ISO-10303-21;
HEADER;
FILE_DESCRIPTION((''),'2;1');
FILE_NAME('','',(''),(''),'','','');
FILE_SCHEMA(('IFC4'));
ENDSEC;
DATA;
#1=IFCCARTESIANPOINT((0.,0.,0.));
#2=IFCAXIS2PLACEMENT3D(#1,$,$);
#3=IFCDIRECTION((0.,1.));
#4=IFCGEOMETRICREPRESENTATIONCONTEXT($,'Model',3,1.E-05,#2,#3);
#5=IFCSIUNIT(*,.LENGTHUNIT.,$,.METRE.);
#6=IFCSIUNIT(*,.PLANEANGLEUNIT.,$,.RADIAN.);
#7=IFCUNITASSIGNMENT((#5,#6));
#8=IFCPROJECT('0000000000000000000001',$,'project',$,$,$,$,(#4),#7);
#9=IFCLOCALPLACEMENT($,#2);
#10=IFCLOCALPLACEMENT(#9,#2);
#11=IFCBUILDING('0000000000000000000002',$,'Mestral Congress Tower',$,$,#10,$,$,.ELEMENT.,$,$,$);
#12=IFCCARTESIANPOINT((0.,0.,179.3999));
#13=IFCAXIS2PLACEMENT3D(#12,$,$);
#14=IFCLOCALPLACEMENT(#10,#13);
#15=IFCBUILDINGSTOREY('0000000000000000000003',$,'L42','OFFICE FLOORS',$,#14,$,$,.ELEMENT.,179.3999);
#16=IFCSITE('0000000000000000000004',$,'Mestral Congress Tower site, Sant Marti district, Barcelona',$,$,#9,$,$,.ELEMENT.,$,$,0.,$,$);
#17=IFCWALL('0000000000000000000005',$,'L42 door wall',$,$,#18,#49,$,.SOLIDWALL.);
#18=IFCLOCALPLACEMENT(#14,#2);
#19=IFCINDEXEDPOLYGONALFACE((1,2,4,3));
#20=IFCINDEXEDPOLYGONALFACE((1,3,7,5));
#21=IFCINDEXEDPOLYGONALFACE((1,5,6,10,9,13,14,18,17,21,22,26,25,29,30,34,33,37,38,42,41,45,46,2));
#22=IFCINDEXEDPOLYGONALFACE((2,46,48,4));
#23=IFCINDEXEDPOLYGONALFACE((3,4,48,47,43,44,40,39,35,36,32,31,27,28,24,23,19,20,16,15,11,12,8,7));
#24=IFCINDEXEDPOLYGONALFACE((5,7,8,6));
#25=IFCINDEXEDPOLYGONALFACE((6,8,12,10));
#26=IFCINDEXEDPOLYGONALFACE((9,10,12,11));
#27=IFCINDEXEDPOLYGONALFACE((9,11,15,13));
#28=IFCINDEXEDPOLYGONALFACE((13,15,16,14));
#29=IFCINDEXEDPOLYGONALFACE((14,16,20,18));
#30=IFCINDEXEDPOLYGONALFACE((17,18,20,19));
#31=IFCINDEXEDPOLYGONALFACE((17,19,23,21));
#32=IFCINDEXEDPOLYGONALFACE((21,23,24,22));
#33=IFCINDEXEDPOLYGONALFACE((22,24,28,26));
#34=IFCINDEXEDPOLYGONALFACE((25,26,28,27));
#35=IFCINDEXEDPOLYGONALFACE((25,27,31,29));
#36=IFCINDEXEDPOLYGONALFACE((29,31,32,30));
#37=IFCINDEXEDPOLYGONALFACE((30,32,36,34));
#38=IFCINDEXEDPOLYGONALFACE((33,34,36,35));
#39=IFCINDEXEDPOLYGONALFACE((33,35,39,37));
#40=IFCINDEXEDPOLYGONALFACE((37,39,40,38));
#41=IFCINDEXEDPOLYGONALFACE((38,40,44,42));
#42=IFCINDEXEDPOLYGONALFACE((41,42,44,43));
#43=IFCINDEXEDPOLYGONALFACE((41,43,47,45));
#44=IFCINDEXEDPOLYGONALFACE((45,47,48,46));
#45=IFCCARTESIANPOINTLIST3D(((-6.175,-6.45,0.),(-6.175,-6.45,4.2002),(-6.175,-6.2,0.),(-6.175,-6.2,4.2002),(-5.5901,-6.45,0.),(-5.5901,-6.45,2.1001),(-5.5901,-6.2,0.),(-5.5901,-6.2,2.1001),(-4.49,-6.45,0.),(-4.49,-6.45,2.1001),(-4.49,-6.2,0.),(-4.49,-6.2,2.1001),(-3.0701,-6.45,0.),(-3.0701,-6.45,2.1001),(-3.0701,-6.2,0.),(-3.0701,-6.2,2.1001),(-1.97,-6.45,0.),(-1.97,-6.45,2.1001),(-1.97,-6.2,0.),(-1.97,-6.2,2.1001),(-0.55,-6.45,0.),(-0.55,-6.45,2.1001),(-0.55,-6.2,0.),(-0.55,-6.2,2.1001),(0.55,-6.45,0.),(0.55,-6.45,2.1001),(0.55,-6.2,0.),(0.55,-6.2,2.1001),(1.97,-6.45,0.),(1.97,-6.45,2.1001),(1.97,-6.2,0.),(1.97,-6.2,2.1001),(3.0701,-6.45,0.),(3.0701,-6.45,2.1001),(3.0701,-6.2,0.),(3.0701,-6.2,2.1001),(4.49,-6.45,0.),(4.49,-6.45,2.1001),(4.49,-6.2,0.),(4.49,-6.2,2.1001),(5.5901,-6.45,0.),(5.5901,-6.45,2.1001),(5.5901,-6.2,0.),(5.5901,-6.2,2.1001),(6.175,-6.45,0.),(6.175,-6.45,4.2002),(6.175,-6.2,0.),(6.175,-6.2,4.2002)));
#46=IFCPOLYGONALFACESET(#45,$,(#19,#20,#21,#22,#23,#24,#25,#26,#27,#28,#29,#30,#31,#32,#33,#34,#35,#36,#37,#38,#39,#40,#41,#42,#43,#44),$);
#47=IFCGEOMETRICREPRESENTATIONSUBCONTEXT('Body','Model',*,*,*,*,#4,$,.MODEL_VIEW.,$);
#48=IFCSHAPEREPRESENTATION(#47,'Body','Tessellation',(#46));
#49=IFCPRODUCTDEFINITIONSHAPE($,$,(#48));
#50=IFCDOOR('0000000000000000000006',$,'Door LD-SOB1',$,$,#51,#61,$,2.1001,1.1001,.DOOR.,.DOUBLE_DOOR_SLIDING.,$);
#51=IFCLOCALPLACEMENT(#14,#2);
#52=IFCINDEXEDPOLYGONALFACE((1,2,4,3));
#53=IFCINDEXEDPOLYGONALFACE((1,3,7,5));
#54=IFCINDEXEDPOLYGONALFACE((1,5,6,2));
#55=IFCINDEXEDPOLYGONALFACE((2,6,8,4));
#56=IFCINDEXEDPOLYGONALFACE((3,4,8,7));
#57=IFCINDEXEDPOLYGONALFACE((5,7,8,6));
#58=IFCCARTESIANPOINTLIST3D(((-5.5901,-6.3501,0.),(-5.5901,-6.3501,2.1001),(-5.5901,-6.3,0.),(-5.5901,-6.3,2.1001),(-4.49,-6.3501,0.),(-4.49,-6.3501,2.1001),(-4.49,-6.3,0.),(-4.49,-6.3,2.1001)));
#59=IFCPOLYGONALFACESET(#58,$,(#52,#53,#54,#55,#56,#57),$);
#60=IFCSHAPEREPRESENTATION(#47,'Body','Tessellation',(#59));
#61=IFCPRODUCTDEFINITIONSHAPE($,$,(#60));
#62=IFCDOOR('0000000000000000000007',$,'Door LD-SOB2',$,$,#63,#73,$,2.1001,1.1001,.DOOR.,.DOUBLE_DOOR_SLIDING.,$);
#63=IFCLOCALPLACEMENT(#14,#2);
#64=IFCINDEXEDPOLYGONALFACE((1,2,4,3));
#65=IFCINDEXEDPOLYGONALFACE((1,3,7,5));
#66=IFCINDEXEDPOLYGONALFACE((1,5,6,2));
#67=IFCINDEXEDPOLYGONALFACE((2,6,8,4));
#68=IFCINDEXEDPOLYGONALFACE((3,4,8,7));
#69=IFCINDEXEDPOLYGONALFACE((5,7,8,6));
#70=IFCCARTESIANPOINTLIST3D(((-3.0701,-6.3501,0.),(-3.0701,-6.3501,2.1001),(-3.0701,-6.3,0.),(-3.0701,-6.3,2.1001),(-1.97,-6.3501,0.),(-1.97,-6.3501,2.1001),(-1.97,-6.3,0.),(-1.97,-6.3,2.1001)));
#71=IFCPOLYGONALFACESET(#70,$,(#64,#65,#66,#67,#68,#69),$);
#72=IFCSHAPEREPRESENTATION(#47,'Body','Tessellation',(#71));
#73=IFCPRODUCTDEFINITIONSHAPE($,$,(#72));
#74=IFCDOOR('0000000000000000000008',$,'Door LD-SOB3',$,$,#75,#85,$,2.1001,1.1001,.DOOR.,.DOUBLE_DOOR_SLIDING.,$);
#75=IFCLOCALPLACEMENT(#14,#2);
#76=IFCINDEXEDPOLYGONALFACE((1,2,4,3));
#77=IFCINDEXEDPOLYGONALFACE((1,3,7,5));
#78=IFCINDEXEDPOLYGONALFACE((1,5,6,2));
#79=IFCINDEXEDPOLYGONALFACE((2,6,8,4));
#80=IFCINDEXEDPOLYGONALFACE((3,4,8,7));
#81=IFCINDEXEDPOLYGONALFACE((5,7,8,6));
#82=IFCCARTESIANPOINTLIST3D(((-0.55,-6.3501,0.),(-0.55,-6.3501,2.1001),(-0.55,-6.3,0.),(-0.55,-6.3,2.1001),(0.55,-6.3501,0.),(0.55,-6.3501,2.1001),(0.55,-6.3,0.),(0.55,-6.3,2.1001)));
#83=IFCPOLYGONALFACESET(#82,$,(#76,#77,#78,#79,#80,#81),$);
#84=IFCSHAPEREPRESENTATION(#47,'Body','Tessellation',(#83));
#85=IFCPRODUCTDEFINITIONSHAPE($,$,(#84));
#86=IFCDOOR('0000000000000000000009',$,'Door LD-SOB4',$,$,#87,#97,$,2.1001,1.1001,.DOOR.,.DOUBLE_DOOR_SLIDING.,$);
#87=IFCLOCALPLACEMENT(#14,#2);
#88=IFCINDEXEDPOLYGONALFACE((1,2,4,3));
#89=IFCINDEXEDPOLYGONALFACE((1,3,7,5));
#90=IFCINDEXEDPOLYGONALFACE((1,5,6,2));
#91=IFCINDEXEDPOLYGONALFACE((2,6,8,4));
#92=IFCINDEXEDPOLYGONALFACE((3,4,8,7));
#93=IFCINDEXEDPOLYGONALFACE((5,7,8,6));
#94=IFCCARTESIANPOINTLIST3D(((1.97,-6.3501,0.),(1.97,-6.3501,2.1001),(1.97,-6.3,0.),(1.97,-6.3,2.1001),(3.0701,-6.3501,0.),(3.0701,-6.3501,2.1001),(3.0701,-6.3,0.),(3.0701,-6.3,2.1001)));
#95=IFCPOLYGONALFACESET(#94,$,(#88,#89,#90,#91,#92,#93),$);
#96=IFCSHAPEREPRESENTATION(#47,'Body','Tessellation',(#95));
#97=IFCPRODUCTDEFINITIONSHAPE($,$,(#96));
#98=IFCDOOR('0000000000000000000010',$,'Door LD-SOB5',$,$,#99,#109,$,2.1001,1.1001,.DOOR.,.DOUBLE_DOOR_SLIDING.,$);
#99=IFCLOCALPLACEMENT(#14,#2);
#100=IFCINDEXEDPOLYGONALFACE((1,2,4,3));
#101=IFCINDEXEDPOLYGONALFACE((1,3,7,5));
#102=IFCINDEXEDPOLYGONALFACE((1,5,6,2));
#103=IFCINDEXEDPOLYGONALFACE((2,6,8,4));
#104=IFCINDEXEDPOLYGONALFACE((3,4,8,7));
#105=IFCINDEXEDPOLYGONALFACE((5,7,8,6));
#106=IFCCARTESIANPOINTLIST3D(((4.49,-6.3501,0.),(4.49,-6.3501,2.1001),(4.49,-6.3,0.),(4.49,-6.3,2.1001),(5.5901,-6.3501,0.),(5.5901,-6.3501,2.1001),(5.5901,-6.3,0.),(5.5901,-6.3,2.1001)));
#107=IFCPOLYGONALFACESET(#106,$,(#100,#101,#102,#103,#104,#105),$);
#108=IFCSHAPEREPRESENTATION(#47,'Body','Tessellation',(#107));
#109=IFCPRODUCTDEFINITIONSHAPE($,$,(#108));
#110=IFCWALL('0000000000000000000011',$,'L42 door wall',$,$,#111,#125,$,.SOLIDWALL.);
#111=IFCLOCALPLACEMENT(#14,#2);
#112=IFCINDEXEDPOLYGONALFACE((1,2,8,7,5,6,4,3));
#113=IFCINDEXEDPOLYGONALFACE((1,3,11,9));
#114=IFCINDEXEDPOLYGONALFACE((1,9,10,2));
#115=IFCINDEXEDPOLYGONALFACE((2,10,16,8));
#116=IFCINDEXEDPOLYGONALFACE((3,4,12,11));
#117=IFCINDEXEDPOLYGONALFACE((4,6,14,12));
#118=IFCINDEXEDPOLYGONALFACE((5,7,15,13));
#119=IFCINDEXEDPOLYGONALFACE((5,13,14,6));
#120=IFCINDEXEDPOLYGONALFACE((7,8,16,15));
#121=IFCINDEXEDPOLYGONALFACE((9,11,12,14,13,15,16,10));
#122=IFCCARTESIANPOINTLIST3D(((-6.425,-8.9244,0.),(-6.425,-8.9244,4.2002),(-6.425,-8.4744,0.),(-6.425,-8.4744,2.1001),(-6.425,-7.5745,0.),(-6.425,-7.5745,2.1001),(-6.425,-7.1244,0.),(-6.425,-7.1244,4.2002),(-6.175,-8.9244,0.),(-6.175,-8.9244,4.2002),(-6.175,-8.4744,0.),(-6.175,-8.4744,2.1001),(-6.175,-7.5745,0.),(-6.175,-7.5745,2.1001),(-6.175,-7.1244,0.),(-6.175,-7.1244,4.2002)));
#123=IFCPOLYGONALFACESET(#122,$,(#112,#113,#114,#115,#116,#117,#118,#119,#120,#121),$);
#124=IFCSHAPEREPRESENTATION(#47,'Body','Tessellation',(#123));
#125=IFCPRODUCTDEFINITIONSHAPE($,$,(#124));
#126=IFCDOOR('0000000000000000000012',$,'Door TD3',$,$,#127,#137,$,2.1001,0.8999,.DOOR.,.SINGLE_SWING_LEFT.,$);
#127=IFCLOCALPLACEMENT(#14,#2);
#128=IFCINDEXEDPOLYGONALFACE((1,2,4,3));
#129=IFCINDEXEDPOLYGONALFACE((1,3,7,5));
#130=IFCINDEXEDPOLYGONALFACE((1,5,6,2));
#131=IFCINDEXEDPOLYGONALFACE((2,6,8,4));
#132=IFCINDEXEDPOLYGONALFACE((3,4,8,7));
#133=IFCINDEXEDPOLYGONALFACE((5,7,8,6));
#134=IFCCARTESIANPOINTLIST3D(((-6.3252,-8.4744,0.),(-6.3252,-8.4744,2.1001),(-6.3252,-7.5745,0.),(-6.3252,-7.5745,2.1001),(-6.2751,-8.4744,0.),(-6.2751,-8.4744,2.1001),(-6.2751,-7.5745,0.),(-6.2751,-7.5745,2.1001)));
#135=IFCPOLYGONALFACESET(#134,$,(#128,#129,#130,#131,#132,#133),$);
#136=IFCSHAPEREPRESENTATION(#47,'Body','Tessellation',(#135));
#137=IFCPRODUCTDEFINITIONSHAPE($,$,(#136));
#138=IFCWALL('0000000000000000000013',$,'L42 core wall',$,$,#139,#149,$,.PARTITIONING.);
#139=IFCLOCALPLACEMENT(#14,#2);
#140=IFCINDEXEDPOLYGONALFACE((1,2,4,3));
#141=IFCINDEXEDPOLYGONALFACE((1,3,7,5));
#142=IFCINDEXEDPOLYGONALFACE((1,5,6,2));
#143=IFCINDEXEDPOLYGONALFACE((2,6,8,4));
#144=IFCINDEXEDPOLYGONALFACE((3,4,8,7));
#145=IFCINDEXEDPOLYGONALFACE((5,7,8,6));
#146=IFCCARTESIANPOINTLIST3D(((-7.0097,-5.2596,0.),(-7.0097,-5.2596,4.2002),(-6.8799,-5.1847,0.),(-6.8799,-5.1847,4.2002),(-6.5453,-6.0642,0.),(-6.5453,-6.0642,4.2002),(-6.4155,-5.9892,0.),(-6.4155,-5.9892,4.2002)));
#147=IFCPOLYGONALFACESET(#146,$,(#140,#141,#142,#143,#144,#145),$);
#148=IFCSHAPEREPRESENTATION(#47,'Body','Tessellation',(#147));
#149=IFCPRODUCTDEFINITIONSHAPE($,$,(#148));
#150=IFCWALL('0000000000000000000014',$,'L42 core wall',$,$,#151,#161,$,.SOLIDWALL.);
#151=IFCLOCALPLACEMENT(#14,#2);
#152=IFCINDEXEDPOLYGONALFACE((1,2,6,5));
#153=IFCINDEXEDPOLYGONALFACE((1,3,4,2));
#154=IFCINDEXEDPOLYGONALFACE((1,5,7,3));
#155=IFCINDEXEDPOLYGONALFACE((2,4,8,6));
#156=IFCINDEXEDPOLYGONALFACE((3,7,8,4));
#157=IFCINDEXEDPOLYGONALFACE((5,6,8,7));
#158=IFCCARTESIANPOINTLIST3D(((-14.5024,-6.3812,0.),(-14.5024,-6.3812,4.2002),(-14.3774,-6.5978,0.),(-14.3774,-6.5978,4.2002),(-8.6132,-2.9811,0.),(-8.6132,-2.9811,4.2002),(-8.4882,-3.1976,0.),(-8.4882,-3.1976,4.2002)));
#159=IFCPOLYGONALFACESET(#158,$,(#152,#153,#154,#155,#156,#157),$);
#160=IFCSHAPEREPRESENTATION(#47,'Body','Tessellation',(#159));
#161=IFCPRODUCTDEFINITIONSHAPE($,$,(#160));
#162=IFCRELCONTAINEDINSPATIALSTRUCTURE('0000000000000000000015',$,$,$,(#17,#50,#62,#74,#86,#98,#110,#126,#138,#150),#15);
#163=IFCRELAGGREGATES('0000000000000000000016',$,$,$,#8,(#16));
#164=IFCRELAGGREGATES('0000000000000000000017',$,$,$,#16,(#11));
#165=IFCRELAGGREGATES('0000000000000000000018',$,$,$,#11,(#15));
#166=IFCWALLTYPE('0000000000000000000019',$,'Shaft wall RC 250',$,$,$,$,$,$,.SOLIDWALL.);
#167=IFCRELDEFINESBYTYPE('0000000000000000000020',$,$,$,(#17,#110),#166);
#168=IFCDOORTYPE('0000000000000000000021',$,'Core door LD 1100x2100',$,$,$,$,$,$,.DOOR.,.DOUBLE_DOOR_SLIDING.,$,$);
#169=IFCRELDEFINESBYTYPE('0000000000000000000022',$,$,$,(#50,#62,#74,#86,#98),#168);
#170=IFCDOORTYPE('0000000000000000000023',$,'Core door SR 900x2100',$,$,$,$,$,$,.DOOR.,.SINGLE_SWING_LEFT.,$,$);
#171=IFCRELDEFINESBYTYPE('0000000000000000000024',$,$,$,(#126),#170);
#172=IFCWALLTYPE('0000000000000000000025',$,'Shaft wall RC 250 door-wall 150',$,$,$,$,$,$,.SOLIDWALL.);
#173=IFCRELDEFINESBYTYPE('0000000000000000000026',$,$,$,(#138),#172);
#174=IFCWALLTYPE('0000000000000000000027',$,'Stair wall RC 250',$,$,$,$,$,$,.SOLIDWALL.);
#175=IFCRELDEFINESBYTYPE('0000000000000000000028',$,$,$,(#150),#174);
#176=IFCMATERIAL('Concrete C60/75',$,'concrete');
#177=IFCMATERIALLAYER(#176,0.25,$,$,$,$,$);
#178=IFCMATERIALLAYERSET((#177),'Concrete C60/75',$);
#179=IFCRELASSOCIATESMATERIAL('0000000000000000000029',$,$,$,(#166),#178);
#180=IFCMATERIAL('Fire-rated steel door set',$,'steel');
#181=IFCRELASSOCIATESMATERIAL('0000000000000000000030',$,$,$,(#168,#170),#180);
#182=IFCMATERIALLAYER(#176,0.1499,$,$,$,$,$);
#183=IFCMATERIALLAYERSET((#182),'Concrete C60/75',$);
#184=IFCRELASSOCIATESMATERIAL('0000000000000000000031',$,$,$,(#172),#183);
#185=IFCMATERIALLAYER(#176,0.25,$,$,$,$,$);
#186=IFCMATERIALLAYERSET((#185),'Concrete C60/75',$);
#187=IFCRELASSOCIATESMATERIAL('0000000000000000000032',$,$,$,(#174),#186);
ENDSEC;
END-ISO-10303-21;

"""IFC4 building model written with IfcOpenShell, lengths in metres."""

from ifc_helpers import new_model, si_unit, direction, frame, frame_2d, origin, place, context, subcontext, project, spatial, rectangle, extrude, material, layer, layer_set, type_object, element, fill, save


model = new_model("IFC4")

# Units and contexts
model_context = context("Model", 3, precision=1e-05, world=origin(), true_north=direction((0.0, 1.0)))
body_context = subcontext(model_context, "Body", "Model", "MODEL_VIEW")
ifc_project = project(units=[si_unit("LENGTHUNIT", "METRE"), si_unit("PLANEANGLEUNIT", "RADIAN")], contexts=[model_context])

# Site, building, storey
site_placement = place(None, origin())
site = spatial("IfcSite", under=ifc_project, at=site_placement, Name="Mestral Congress Tower site, Sant Marti district, Barcelona", CompositionType="ELEMENT", RefElevation=0.0)
building_placement = place(site_placement, origin())
building = spatial("IfcBuilding", under=site, at=building_placement, Name="Mestral Congress Tower", CompositionType="ELEMENT")
storey_placement = place(building_placement, frame((0.0, 0.0, 179.3999)))
storey = spatial("IfcBuildingStorey", under=building, at=storey_placement, Name="L42", Description="OFFICE FLOORS", CompositionType="ELEMENT", Elevation=179.3999)

# Shared definitions
ifc_material_1 = material(Name="Fire-rated steel door set", Category="steel")

# Shared definitions
ifc_material_2 = material(Name="Concrete C60/75", Category="concrete")
ifc_layer_1 = layer(ifc_material_2, 0.25)
ifc_layer_set_1 = layer_set([ifc_layer_1], Name="Concrete C60/75")
wall_type_1 = type_object("IfcWallType", Name="Shaft wall RC 250", PredefinedType="SOLIDWALL", material=ifc_layer_set_1)

# Wall, openings, doors
wall_1_placement = place(storey_placement, frame((-6.175, -6.325, 0.0), z_axis=(0.0, 0.0, 1.0), x_axis=(1.0, 0.0, 0.0)))
wall_1 = element("IfcWall", 1, at=wall_1_placement, inside=storey, type_object=wall_type_1, Name="L42 door wall", PredefinedType="SOLIDWALL", context=body_context, shape_type="SweptSolid", body=[
    extrude(rectangle(XDim=12.3501, YDim=0.25, at=frame_2d((6.175, 0.0))), origin(), (0.0, 0.0, 1.0), 4.2002),
])
opening_1_placement = place(wall_1_placement, frame((0.585, 0.0, 0.0)))
opening_1 = element("IfcOpeningElement", 2, at=opening_1_placement, cuts=wall_1, PredefinedType="OPENING", context=body_context, shape_type="SweptSolid", body=[
    extrude(rectangle(XDim=1.1001, YDim=2.1001, at=frame_2d((0.55, 1.05))), frame((0.0, 0.135, 0.0), z_axis=(0.0, -1.0, 0.0), x_axis=(1.0, 0.0, 0.0)), (0.0, 0.0, 1.0), 0.27),
])
opening_2_placement = place(wall_1_placement, frame((3.105, 0.0, 0.0)))
opening_2 = element("IfcOpeningElement", 3, at=opening_2_placement, cuts=wall_1, PredefinedType="OPENING", context=body_context, shape_type="SweptSolid", body=[
    extrude(rectangle(XDim=1.1001, YDim=2.1001, at=frame_2d((0.55, 1.05))), frame((0.0, 0.135, 0.0), z_axis=(0.0, -1.0, 0.0), x_axis=(1.0, 0.0, 0.0)), (0.0, 0.0, 1.0), 0.27),
])
opening_3_placement = place(wall_1_placement, frame((5.625, 0.0, 0.0)))
opening_3 = element("IfcOpeningElement", 4, at=opening_3_placement, cuts=wall_1, PredefinedType="OPENING", context=body_context, shape_type="SweptSolid", body=[
    extrude(rectangle(XDim=1.1001, YDim=2.1001, at=frame_2d((0.55, 1.05))), frame((0.0, 0.135, 0.0), z_axis=(0.0, -1.0, 0.0), x_axis=(1.0, 0.0, 0.0)), (0.0, 0.0, 1.0), 0.27),
])
opening_4_placement = place(wall_1_placement, frame((8.145, 0.0, 0.0)))
opening_4 = element("IfcOpeningElement", 5, at=opening_4_placement, cuts=wall_1, PredefinedType="OPENING", context=body_context, shape_type="SweptSolid", body=[
    extrude(rectangle(XDim=1.1001, YDim=2.1001, at=frame_2d((0.55, 1.05))), frame((0.0, 0.135, 0.0), z_axis=(0.0, -1.0, 0.0), x_axis=(1.0, 0.0, 0.0)), (0.0, 0.0, 1.0), 0.27),
])
opening_5_placement = place(wall_1_placement, frame((10.665, 0.0, 0.0)))
opening_5 = element("IfcOpeningElement", 6, at=opening_5_placement, cuts=wall_1, PredefinedType="OPENING", context=body_context, shape_type="SweptSolid", body=[
    extrude(rectangle(XDim=1.1001, YDim=2.1001, at=frame_2d((0.55, 1.05))), frame((0.0, 0.135, 0.0), z_axis=(0.0, -1.0, 0.0), x_axis=(1.0, 0.0, 0.0)), (0.0, 0.0, 1.0), 0.27),
])
door_type_1 = type_object("IfcDoorType", Name="Core door LD 1100x2100", OperationType="DOUBLE_DOOR_SLIDING", PredefinedType="DOOR", material=ifc_material_1)
door_1_placement = place(opening_1_placement, origin())
door_1 = element("IfcDoor", 7, at=door_1_placement, inside=storey, type_object=door_type_1, Name="Door LD-SOB1", OperationType="DOUBLE_DOOR_SLIDING", OverallHeight=2.1001, OverallWidth=1.1001, PredefinedType="DOOR", context=body_context, shape_type="SweptSolid", body=[
    extrude(rectangle(XDim=1.1001, YDim=2.1001, at=frame_2d((0.55, 1.05))), frame((0.0, 0.0249, 0.0), z_axis=(0.0, -1.0, 0.0), x_axis=(1.0, 0.0, 0.0)), (0.0, 0.0, 1.0), 0.05),
])
fill(opening_1, door_1)
door_2_placement = place(opening_2_placement, origin())
door_2 = element("IfcDoor", 8, at=door_2_placement, inside=storey, type_object=door_type_1, Name="Door LD-SOB2", OperationType="DOUBLE_DOOR_SLIDING", OverallHeight=2.1001, OverallWidth=1.1001, PredefinedType="DOOR", context=body_context, shape_type="SweptSolid", body=[
    extrude(rectangle(XDim=1.1001, YDim=2.1001, at=frame_2d((0.55, 1.05))), frame((0.0, 0.0249, 0.0), z_axis=(0.0, -1.0, 0.0), x_axis=(1.0, 0.0, 0.0)), (0.0, 0.0, 1.0), 0.05),
])
fill(opening_2, door_2)
door_3_placement = place(opening_3_placement, origin())
door_3 = element("IfcDoor", 9, at=door_3_placement, inside=storey, type_object=door_type_1, Name="Door LD-SOB3", OperationType="DOUBLE_DOOR_SLIDING", OverallHeight=2.1001, OverallWidth=1.1001, PredefinedType="DOOR", context=body_context, shape_type="SweptSolid", body=[
    extrude(rectangle(XDim=1.1001, YDim=2.1001, at=frame_2d((0.55, 1.05))), frame((0.0, 0.0249, 0.0), z_axis=(0.0, -1.0, 0.0), x_axis=(1.0, 0.0, 0.0)), (0.0, 0.0, 1.0), 0.05),
])
fill(opening_3, door_3)
door_4_placement = place(opening_4_placement, origin())
door_4 = element("IfcDoor", 10, at=door_4_placement, inside=storey, type_object=door_type_1, Name="Door LD-SOB4", OperationType="DOUBLE_DOOR_SLIDING", OverallHeight=2.1001, OverallWidth=1.1001, PredefinedType="DOOR", context=body_context, shape_type="SweptSolid", body=[
    extrude(rectangle(XDim=1.1001, YDim=2.1001, at=frame_2d((0.55, 1.05))), frame((0.0, 0.0249, 0.0), z_axis=(0.0, -1.0, 0.0), x_axis=(1.0, 0.0, 0.0)), (0.0, 0.0, 1.0), 0.05),
])
fill(opening_4, door_4)
door_5_placement = place(opening_5_placement, origin())
door_5 = element("IfcDoor", 11, at=door_5_placement, inside=storey, type_object=door_type_1, Name="Door LD-SOB5", OperationType="DOUBLE_DOOR_SLIDING", OverallHeight=2.1001, OverallWidth=1.1001, PredefinedType="DOOR", context=body_context, shape_type="SweptSolid", body=[
    extrude(rectangle(XDim=1.1001, YDim=2.1001, at=frame_2d((0.55, 1.05))), frame((0.0, 0.0249, 0.0), z_axis=(0.0, -1.0, 0.0), x_axis=(1.0, 0.0, 0.0)), (0.0, 0.0, 1.0), 0.05),
])
fill(opening_5, door_5)

# Wall, opening, door
wall_2_placement = place(storey_placement, frame((-6.3, -7.1245, 0.0), z_axis=(0.0, 0.0, 1.0), x_axis=(0.0, -1.0, 0.0)))
wall_2 = element("IfcWall", 12, at=wall_2_placement, inside=storey, type_object=wall_type_1, Name="L42 door wall", PredefinedType="SOLIDWALL", context=body_context, shape_type="SweptSolid", body=[
    extrude(rectangle(XDim=1.8, YDim=0.25, at=frame_2d((0.8999, 0.0))), origin(), (0.0, 0.0, 1.0), 4.2002),
])
opening_6_placement = place(wall_2_placement, frame((0.45, 0.0, 0.0)))
opening_6 = element("IfcOpeningElement", 13, at=opening_6_placement, cuts=wall_2, PredefinedType="OPENING", context=body_context, shape_type="SweptSolid", body=[
    extrude(rectangle(XDim=0.8999, YDim=2.1001, at=frame_2d((0.45, 1.05))), frame((0.0, 0.135, 0.0), z_axis=(0.0, -1.0, 0.0), x_axis=(1.0, 0.0, 0.0)), (0.0, 0.0, 1.0), 0.27),
])
door_type_2 = type_object("IfcDoorType", Name="Core door SR 900x2100", OperationType="SINGLE_SWING_LEFT", PredefinedType="DOOR", material=ifc_material_1)
door_6_placement = place(opening_6_placement, origin())
door_6 = element("IfcDoor", 14, at=door_6_placement, inside=storey, type_object=door_type_2, Name="Door TD3", OperationType="SINGLE_SWING_LEFT", OverallHeight=2.1001, OverallWidth=0.8999, PredefinedType="DOOR", context=body_context, shape_type="SweptSolid", body=[
    extrude(rectangle(XDim=0.8999, YDim=2.1001, at=frame_2d((0.45, 1.05))), frame((0.0, 0.0249, 0.0), z_axis=(0.0, -1.0, 0.0), x_axis=(1.0, 0.0, 0.0)), (0.0, 0.0, 1.0), 0.05),
])
fill(opening_6, door_6)

# Walls
ifc_layer_2 = layer(ifc_material_2, 0.1499)
ifc_layer_set_2 = layer_set([ifc_layer_2], Name="Concrete C60/75")
wall_type_2 = type_object("IfcWallType", Name="Shaft wall RC 250 door-wall 150", PredefinedType="SOLIDWALL", material=ifc_layer_set_2)
wall_3_placement = place(storey_placement, frame((-6.4805, -6.0266, 0.0), z_axis=(0.0, 0.0, 1.0), x_axis=(-0.499927, 0.866067, 0.0)))
element("IfcWall", 15, at=wall_3_placement, inside=storey, type_object=wall_type_2, Name="L42 core wall", PredefinedType="PARTITIONING", context=body_context, shape_type="SweptSolid", body=[
    extrude(rectangle(XDim=0.929, YDim=0.1499, at=frame_2d((0.4644, 0.0))), origin(), (0.0, 0.0, 1.0), 4.2002),
])
ifc_layer_3 = layer(ifc_material_2, 0.25)
ifc_layer_set_3 = layer_set([ifc_layer_3], Name="Concrete C60/75")
wall_type_3 = type_object("IfcWallType", Name="Stair wall RC 250", PredefinedType="SOLIDWALL", material=ifc_layer_set_3)
wall_4_placement = place(storey_placement, frame((-14.4399, -6.4895, 0.0), z_axis=(0.0, 0.0, 1.0), x_axis=(0.866023, 0.500004, 0.0)))
element("IfcWall", 16, at=wall_4_placement, inside=storey, type_object=wall_type_3, Name="L42 core wall", PredefinedType="SOLIDWALL", context=body_context, shape_type="SweptSolid", body=[
    extrude(rectangle(XDim=6.8003, YDim=0.25, at=frame_2d((3.4001, 0.0))), origin(), (0.0, 0.0, 1.0), 4.2002),
])

save(model, "model.ifc")
